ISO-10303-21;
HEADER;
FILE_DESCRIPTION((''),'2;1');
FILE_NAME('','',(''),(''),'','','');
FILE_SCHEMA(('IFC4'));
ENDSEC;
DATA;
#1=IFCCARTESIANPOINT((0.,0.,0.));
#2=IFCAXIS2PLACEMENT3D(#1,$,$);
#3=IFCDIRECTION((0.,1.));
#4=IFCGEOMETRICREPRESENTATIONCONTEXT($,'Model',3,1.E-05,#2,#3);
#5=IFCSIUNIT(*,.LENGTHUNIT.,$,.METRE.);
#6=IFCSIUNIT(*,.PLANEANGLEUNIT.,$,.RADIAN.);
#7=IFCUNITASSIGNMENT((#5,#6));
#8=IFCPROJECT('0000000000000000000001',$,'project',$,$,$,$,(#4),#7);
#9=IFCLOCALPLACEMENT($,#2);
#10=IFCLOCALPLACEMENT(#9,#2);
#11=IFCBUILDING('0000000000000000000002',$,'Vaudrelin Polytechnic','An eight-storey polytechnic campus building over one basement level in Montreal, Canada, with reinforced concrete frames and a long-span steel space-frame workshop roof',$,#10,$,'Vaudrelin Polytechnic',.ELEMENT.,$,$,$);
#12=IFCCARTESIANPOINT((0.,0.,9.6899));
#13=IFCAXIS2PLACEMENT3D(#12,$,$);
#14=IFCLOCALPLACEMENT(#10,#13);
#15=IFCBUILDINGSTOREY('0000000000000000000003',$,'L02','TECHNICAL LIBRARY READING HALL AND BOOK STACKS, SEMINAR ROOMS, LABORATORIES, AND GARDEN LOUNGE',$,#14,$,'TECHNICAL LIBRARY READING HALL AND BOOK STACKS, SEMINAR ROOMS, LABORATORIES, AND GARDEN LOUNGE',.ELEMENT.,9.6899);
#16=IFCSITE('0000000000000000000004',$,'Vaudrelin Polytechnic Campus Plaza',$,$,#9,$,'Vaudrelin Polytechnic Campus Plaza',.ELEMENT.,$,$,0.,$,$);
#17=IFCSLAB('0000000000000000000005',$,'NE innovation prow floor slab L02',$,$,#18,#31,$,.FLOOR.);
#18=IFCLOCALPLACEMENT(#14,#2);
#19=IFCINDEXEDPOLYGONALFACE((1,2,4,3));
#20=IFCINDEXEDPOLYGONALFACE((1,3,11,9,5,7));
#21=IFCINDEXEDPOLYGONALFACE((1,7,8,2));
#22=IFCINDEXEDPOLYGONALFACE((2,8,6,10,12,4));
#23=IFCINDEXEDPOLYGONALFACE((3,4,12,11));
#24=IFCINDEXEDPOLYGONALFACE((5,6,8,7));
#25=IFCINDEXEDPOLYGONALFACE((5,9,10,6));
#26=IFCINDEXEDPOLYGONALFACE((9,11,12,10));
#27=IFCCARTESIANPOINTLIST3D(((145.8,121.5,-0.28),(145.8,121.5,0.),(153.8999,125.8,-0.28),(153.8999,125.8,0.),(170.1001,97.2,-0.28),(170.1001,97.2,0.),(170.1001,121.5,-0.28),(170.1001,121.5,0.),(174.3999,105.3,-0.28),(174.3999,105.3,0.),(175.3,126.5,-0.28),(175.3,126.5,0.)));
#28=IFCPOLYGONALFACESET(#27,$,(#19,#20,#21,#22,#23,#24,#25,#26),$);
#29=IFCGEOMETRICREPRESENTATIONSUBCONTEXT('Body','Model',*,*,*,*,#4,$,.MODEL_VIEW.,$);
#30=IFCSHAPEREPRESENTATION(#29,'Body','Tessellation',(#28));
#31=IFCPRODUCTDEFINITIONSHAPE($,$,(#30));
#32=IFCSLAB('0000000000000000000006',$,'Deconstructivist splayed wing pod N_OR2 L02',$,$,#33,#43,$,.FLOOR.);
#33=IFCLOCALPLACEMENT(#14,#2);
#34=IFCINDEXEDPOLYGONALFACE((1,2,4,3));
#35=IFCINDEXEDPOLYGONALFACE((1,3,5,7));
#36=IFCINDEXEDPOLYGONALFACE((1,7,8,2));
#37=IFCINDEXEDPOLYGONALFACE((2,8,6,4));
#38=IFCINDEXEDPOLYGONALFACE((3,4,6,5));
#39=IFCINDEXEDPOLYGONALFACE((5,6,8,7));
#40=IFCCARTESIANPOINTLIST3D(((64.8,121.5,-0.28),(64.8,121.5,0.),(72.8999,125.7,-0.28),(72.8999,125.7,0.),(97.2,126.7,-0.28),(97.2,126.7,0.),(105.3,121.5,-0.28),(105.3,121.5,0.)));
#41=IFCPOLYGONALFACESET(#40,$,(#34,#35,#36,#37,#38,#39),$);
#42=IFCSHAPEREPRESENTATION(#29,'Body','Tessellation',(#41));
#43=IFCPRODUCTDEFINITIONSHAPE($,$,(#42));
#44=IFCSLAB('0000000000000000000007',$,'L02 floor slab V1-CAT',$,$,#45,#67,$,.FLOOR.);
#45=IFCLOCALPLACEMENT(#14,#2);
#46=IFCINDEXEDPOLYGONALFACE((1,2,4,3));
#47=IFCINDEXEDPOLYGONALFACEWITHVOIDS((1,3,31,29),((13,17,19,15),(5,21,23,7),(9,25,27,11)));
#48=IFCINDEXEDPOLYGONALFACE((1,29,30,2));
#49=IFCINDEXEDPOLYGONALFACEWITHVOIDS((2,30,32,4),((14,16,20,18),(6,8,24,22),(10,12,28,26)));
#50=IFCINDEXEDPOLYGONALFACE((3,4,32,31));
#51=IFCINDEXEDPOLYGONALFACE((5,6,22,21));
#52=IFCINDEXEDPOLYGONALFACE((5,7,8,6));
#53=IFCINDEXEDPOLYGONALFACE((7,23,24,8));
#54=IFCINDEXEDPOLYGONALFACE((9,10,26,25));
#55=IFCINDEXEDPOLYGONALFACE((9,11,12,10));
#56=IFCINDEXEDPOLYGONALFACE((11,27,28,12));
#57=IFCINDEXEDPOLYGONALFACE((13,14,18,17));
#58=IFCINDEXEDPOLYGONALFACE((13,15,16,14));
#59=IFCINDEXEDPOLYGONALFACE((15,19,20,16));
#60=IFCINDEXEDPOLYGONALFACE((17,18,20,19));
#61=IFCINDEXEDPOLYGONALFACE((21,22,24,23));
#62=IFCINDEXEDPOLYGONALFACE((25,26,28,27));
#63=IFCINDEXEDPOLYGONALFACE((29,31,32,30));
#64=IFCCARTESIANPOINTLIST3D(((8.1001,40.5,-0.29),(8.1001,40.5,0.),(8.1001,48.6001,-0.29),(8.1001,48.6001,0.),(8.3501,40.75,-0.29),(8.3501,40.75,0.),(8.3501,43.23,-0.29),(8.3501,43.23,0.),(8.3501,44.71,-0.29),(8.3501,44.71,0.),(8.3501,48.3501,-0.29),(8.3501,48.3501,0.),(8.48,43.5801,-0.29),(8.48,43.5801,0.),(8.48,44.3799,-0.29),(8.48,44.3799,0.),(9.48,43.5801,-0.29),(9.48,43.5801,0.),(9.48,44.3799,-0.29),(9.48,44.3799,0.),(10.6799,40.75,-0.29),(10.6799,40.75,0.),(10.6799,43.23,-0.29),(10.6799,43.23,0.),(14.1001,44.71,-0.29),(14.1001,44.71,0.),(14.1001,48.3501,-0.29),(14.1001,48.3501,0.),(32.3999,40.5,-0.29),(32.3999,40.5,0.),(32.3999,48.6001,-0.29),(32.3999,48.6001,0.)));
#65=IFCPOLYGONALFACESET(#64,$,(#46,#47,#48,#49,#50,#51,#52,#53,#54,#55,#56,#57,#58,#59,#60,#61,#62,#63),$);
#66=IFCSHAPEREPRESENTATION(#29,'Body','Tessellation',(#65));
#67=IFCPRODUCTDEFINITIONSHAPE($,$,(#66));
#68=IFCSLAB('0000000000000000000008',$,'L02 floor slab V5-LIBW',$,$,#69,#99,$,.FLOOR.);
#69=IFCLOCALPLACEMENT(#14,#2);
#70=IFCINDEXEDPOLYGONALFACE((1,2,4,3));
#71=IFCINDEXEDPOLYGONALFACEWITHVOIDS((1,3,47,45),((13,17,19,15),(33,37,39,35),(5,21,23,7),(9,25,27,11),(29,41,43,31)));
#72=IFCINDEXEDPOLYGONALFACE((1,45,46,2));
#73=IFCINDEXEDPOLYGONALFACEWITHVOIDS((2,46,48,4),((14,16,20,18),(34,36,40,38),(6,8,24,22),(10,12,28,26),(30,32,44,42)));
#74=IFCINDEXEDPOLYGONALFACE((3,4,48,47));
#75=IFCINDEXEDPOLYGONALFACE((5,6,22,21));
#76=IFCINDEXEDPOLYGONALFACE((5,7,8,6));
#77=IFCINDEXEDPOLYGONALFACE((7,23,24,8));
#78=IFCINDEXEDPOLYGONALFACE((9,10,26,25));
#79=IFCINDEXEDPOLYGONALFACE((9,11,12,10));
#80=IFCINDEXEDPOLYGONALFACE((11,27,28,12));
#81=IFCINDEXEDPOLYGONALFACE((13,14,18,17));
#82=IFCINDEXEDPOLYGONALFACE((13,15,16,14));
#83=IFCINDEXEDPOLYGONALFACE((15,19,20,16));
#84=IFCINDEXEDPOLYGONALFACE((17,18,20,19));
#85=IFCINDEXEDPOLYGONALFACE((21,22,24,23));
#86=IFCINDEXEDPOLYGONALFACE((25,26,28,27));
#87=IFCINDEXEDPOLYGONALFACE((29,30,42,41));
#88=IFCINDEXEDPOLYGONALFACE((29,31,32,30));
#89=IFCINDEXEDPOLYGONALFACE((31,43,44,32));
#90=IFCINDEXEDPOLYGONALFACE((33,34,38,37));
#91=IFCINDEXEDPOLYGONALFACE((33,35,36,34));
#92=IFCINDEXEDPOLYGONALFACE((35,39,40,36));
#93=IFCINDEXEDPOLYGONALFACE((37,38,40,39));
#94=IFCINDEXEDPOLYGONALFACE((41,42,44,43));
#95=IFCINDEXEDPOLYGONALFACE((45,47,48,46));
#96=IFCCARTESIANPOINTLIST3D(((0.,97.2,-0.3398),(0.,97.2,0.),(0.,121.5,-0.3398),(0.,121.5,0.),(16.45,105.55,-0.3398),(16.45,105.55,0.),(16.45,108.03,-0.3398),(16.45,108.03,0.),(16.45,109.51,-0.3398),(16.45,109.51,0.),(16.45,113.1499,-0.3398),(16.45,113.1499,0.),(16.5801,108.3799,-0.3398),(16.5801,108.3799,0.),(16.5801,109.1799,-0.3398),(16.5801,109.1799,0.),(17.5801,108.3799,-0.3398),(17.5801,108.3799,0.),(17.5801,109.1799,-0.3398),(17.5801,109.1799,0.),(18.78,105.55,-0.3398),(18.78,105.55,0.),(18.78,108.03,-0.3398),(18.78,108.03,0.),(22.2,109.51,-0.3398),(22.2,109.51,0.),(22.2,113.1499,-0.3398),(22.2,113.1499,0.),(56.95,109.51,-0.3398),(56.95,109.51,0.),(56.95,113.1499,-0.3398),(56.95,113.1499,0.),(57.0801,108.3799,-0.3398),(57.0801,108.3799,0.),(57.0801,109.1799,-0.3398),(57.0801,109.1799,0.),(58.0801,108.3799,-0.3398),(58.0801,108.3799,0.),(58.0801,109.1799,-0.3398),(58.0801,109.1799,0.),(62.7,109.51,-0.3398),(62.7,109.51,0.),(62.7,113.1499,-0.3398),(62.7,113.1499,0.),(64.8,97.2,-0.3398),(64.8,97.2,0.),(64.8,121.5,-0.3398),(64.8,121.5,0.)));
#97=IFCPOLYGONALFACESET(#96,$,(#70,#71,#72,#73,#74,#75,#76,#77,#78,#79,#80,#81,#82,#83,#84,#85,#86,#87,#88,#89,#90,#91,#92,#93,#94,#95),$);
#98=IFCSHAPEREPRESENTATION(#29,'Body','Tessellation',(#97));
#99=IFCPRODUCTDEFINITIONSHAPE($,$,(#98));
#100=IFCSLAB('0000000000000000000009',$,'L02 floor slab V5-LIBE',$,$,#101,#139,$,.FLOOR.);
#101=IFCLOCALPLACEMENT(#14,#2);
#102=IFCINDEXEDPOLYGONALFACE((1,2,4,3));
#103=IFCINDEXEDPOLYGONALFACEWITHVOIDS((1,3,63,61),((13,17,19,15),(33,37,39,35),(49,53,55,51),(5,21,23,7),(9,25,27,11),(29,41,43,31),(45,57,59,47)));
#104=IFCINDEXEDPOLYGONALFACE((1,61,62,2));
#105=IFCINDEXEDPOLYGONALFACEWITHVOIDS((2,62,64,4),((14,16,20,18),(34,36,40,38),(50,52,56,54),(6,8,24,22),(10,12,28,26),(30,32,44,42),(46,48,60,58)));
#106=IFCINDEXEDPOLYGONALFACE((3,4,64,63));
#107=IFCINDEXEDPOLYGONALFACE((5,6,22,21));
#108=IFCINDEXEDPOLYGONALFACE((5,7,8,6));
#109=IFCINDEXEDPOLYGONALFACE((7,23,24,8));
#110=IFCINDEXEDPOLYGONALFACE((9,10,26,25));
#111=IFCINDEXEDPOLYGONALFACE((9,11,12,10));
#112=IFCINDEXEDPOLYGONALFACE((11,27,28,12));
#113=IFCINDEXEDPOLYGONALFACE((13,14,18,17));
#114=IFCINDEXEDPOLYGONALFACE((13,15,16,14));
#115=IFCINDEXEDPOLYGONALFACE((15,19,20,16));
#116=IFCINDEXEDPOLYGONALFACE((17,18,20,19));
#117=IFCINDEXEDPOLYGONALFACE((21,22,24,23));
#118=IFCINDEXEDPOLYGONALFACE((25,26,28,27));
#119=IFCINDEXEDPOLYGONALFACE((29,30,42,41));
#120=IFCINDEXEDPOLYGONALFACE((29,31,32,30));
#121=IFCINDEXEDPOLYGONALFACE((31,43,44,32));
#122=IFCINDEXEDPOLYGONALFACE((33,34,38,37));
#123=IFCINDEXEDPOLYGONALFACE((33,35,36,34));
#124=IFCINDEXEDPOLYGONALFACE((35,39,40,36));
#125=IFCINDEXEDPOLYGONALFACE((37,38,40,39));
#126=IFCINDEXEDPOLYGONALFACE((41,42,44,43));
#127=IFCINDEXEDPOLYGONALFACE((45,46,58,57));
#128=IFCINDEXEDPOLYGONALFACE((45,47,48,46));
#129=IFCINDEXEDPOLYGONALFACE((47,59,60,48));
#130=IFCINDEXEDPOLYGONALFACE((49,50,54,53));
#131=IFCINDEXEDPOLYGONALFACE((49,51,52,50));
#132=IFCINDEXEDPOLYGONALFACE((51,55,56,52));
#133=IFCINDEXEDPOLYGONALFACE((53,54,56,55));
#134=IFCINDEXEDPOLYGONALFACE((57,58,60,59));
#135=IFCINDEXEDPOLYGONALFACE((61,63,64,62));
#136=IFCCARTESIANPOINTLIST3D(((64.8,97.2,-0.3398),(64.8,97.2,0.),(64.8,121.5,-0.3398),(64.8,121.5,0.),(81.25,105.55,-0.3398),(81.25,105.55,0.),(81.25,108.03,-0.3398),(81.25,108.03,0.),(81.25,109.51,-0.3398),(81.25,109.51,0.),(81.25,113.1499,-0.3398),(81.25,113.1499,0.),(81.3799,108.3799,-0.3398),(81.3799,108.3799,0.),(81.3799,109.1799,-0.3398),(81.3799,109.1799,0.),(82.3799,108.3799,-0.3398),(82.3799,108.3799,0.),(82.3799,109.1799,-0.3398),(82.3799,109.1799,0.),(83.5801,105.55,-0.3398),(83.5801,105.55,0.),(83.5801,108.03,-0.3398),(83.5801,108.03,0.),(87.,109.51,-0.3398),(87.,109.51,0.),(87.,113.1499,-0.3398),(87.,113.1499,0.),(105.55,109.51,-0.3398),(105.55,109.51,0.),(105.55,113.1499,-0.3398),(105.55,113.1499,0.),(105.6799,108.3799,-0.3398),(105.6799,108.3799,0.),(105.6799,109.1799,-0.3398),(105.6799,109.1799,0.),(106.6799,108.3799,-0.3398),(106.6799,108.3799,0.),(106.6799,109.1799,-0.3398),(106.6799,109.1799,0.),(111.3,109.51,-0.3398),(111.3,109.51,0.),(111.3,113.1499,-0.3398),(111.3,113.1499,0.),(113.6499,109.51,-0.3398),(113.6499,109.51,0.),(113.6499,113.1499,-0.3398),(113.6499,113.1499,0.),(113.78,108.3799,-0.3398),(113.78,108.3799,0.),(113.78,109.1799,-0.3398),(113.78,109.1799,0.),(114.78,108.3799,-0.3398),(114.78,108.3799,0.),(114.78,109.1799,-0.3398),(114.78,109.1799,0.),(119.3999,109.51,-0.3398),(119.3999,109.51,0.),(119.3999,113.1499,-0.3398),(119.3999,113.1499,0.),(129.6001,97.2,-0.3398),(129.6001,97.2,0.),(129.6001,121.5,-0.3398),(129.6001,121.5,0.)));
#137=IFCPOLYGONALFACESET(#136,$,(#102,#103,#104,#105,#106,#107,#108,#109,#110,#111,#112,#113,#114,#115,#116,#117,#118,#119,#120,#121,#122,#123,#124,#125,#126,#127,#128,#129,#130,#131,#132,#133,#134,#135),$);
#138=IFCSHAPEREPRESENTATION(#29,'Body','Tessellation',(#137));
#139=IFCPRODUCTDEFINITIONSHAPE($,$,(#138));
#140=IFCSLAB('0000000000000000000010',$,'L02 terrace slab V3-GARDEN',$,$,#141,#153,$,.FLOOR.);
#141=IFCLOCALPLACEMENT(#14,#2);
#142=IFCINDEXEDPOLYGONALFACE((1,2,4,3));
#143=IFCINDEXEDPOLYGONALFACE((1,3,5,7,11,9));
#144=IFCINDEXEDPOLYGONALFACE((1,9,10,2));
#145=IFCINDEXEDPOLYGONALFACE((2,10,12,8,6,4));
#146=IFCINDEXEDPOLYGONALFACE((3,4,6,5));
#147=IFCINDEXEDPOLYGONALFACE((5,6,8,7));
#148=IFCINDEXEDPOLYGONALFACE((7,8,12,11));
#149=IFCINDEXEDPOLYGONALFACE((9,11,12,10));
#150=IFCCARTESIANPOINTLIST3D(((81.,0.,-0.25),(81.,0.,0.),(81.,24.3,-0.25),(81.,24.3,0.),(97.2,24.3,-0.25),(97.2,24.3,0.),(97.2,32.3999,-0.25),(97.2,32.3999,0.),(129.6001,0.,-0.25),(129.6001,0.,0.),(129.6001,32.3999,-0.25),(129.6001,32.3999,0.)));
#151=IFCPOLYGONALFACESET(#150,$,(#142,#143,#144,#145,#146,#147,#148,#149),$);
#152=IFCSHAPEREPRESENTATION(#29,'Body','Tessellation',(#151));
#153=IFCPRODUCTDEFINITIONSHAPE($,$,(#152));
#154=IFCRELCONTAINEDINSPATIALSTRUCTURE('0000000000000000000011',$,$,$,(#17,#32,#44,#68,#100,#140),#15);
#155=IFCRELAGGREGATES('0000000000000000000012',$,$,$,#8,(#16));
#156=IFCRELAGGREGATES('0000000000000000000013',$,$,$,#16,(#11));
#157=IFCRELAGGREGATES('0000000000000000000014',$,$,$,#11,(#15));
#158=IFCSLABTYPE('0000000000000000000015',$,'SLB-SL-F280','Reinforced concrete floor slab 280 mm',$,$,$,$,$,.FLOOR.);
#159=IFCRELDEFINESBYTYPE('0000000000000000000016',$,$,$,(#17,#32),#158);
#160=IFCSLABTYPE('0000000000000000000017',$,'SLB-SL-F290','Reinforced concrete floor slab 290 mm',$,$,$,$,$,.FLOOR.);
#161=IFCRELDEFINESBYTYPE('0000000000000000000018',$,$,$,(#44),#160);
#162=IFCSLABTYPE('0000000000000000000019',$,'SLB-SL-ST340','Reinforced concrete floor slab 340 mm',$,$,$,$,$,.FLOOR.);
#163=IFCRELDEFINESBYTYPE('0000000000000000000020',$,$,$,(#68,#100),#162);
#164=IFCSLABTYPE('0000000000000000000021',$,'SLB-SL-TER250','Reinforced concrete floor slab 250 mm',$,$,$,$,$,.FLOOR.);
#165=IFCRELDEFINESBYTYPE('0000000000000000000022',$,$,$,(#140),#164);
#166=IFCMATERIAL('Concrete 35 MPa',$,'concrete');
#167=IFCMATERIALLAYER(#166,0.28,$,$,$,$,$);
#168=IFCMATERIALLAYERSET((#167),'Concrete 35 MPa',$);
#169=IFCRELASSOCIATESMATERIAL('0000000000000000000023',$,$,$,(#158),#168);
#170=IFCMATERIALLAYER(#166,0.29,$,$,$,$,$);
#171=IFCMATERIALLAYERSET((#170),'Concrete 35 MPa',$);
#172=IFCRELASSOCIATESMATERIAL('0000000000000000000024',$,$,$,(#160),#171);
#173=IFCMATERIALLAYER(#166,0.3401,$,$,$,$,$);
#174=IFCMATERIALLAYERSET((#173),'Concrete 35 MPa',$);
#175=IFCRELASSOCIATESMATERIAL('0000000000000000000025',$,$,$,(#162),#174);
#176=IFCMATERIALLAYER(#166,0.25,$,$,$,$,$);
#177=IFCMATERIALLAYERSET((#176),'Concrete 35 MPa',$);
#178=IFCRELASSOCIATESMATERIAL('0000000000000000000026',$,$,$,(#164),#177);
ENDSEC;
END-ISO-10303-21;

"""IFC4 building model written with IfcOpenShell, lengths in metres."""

from ifc_helpers import new_model, si_unit, direction, frame, origin, place, context, subcontext, project, spatial, polyline, outline, extrude, material, layer, layer_set, type_object, element, save


model = new_model("IFC4")

# Units and contexts
model_context = context("Model", 3, precision=1e-05, world=origin(), true_north=direction((0.0, 1.0)))
body_context = subcontext(model_context, "Body", "Model", "MODEL_VIEW")
ifc_project = project(units=[si_unit("LENGTHUNIT", "METRE"), si_unit("PLANEANGLEUNIT", "RADIAN")], contexts=[model_context])

# Site, building, storey
site_placement = place(None, origin())
site = spatial("IfcSite", under=ifc_project, at=site_placement, Name="Vaudrelin Polytechnic Campus Plaza", LongName="Vaudrelin Polytechnic Campus Plaza", CompositionType="ELEMENT", RefElevation=0.0)
building_placement = place(site_placement, origin())
building = spatial("IfcBuilding", under=site, at=building_placement, Name="Vaudrelin Polytechnic", Description="An eight-storey polytechnic campus building over one basement level in Montreal, Canada, with reinforced concrete frames and a long-span steel space-frame workshop roof", LongName="Vaudrelin Polytechnic", CompositionType="ELEMENT")
storey_placement = place(building_placement, frame((0.0, 0.0, 9.6899)))
storey = spatial("IfcBuildingStorey", under=building, at=storey_placement, Name="L02", Description="TECHNICAL LIBRARY READING HALL AND BOOK STACKS, SEMINAR ROOMS, LABORATORIES, AND GARDEN LOUNGE", LongName="TECHNICAL LIBRARY READING HALL AND BOOK STACKS, SEMINAR ROOMS, LABORATORIES, AND GARDEN LOUNGE", CompositionType="ELEMENT", Elevation=9.6899)

# Shared definitions
ifc_material_1 = material(Name="Concrete 35 MPa", Category="concrete")

# Slabs
ifc_layer_1 = layer(ifc_material_1, 0.28)
ifc_layer_set_1 = layer_set([ifc_layer_1], Name="Concrete 35 MPa")
slab_type_1 = type_object("IfcSlabType", Name="SLB-SL-F280", Description="Reinforced concrete floor slab 280 mm", PredefinedType="FLOOR", material=ifc_layer_set_1)
slab_1_placement = place(storey_placement, frame((0.0, 0.0, -0.28)))
element("IfcSlab", 1, at=slab_1_placement, inside=storey, type_object=slab_type_1, Name="NE innovation prow floor slab L02", PredefinedType="FLOOR", context=body_context, shape_type="SweptSolid", body=[
    extrude(outline(polyline([(145.8, 121.5), (153.8999, 125.8), (175.3, 126.5), (174.3999, 105.3), (170.1001, 97.2), (170.1001, 121.5), (145.8, 121.5)])), origin(), (0.0, 0.0, 1.0), 0.28),
])
slab_2_placement = place(storey_placement, frame((0.0, 0.0, -0.28)))
element("IfcSlab", 2, at=slab_2_placement, inside=storey, type_object=slab_type_1, Name="Deconstructivist splayed wing pod N_OR2 L02", PredefinedType="FLOOR", context=body_context, shape_type="SweptSolid", body=[
    extrude(outline(polyline([(64.8, 121.5), (72.8999, 125.7), (97.2, 126.7), (105.3, 121.5), (64.8, 121.5)])), origin(), (0.0, 0.0, 1.0), 0.28),
])
ifc_layer_2 = layer(ifc_material_1, 0.29)
ifc_layer_set_2 = layer_set([ifc_layer_2], Name="Concrete 35 MPa")
slab_type_2 = type_object("IfcSlabType", Name="SLB-SL-F290", Description="Reinforced concrete floor slab 290 mm", PredefinedType="FLOOR", material=ifc_layer_set_2)
slab_3_placement = place(storey_placement, frame((0.0, 0.0, -0.29)))
element("IfcSlab", 3, at=slab_3_placement, inside=storey, type_object=slab_type_2, Name="L02 floor slab V1-CAT", PredefinedType="FLOOR", context=body_context, shape_type="SweptSolid", body=[
    extrude(outline(polyline([(8.1001, 40.5), (32.3999, 40.5), (32.3999, 48.6001), (8.1001, 48.6001), (8.1001, 40.5)]), holes=[polyline([(8.3501, 44.71), (14.1001, 44.71), (14.1001, 48.3501), (8.3501, 48.3501), (8.3501, 44.71)]), polyline([(8.3501, 40.75), (10.6799, 40.75), (10.6799, 43.23), (8.3501, 43.23), (8.3501, 40.75)]), polyline([(8.48, 43.5801), (9.48, 43.5801), (9.48, 44.3799), (8.48, 44.3799), (8.48, 43.5801)])]), origin(), (0.0, 0.0, 1.0), 0.29),
])
ifc_layer_3 = layer(ifc_material_1, 0.3401)
ifc_layer_set_3 = layer_set([ifc_layer_3], Name="Concrete 35 MPa")
slab_type_3 = type_object("IfcSlabType", Name="SLB-SL-ST340", Description="Reinforced concrete floor slab 340 mm", PredefinedType="FLOOR", material=ifc_layer_set_3)
slab_4_placement = place(storey_placement, frame((0.0, 0.0, -0.3398)))
element("IfcSlab", 4, at=slab_4_placement, inside=storey, type_object=slab_type_3, Name="L02 floor slab V5-LIBW", PredefinedType="FLOOR", context=body_context, shape_type="SweptSolid", body=[
    extrude(outline(polyline([(0.0, 97.2), (64.8, 97.2), (64.8, 121.5), (0.0, 121.5), (0.0, 97.2)]), holes=[polyline([(16.45, 109.51), (22.2, 109.51), (22.2, 113.1499), (16.45, 113.1499), (16.45, 109.51)]), polyline([(16.45, 105.55), (18.78, 105.55), (18.78, 108.03), (16.45, 108.03), (16.45, 105.55)]), polyline([(16.5801, 108.3799), (17.5801, 108.3799), (17.5801, 109.1799), (16.5801, 109.1799), (16.5801, 108.3799)]), polyline([(56.95, 109.51), (62.7, 109.51), (62.7, 113.1499), (56.95, 113.1499), (56.95, 109.51)]), polyline([(57.0801, 108.3799), (58.0801, 108.3799), (58.0801, 109.1799), (57.0801, 109.1799), (57.0801, 108.3799)])]), origin(), (0.0, 0.0, 1.0), 0.3398),
])
slab_5_placement = place(storey_placement, frame((0.0, 0.0, -0.3398)))
element("IfcSlab", 5, at=slab_5_placement, inside=storey, type_object=slab_type_3, Name="L02 floor slab V5-LIBE", PredefinedType="FLOOR", context=body_context, shape_type="SweptSolid", body=[
    extrude(outline(polyline([(64.8, 97.2), (129.6001, 97.2), (129.6001, 121.5), (64.8, 121.5), (64.8, 97.2)]), holes=[polyline([(81.25, 109.51), (87.0, 109.51), (87.0, 113.1499), (81.25, 113.1499), (81.25, 109.51)]), polyline([(81.25, 105.55), (83.5801, 105.55), (83.5801, 108.03), (81.25, 108.03), (81.25, 105.55)]), polyline([(81.3799, 108.3799), (82.3799, 108.3799), (82.3799, 109.1799), (81.3799, 109.1799), (81.3799, 108.3799)]), polyline([(113.6499, 109.51), (119.3999, 109.51), (119.3999, 113.1499), (113.6499, 113.1499), (113.6499, 109.51)]), polyline([(113.78, 108.3799), (114.78, 108.3799), (114.78, 109.1799), (113.78, 109.1799), (113.78, 108.3799)]), polyline([(105.55, 109.51), (111.3, 109.51), (111.3, 113.1499), (105.55, 113.1499), (105.55, 109.51)]), polyline([(105.6799, 108.3799), (106.6799, 108.3799), (106.6799, 109.1799), (105.6799, 109.1799), (105.6799, 108.3799)])]), origin(), (0.0, 0.0, 1.0), 0.3398),
])
ifc_layer_4 = layer(ifc_material_1, 0.25)
ifc_layer_set_4 = layer_set([ifc_layer_4], Name="Concrete 35 MPa")
slab_type_4 = type_object("IfcSlabType", Name="SLB-SL-TER250", Description="Reinforced concrete floor slab 250 mm", PredefinedType="FLOOR", material=ifc_layer_set_4)
slab_6_placement = place(storey_placement, frame((0.0, 0.0, -0.25)))
element("IfcSlab", 6, at=slab_6_placement, inside=storey, type_object=slab_type_4, Name="L02 terrace slab V3-GARDEN", PredefinedType="FLOOR", context=body_context, shape_type="SweptSolid", body=[
    extrude(outline(polyline([(81.0, 0.0), (129.6001, 0.0), (129.6001, 32.3999), (97.2, 32.3999), (97.2, 24.3), (81.0, 24.3), (81.0, 0.0)])), origin(), (0.0, 0.0, 1.0), 0.25),
])

save(model, "model.ifc")
